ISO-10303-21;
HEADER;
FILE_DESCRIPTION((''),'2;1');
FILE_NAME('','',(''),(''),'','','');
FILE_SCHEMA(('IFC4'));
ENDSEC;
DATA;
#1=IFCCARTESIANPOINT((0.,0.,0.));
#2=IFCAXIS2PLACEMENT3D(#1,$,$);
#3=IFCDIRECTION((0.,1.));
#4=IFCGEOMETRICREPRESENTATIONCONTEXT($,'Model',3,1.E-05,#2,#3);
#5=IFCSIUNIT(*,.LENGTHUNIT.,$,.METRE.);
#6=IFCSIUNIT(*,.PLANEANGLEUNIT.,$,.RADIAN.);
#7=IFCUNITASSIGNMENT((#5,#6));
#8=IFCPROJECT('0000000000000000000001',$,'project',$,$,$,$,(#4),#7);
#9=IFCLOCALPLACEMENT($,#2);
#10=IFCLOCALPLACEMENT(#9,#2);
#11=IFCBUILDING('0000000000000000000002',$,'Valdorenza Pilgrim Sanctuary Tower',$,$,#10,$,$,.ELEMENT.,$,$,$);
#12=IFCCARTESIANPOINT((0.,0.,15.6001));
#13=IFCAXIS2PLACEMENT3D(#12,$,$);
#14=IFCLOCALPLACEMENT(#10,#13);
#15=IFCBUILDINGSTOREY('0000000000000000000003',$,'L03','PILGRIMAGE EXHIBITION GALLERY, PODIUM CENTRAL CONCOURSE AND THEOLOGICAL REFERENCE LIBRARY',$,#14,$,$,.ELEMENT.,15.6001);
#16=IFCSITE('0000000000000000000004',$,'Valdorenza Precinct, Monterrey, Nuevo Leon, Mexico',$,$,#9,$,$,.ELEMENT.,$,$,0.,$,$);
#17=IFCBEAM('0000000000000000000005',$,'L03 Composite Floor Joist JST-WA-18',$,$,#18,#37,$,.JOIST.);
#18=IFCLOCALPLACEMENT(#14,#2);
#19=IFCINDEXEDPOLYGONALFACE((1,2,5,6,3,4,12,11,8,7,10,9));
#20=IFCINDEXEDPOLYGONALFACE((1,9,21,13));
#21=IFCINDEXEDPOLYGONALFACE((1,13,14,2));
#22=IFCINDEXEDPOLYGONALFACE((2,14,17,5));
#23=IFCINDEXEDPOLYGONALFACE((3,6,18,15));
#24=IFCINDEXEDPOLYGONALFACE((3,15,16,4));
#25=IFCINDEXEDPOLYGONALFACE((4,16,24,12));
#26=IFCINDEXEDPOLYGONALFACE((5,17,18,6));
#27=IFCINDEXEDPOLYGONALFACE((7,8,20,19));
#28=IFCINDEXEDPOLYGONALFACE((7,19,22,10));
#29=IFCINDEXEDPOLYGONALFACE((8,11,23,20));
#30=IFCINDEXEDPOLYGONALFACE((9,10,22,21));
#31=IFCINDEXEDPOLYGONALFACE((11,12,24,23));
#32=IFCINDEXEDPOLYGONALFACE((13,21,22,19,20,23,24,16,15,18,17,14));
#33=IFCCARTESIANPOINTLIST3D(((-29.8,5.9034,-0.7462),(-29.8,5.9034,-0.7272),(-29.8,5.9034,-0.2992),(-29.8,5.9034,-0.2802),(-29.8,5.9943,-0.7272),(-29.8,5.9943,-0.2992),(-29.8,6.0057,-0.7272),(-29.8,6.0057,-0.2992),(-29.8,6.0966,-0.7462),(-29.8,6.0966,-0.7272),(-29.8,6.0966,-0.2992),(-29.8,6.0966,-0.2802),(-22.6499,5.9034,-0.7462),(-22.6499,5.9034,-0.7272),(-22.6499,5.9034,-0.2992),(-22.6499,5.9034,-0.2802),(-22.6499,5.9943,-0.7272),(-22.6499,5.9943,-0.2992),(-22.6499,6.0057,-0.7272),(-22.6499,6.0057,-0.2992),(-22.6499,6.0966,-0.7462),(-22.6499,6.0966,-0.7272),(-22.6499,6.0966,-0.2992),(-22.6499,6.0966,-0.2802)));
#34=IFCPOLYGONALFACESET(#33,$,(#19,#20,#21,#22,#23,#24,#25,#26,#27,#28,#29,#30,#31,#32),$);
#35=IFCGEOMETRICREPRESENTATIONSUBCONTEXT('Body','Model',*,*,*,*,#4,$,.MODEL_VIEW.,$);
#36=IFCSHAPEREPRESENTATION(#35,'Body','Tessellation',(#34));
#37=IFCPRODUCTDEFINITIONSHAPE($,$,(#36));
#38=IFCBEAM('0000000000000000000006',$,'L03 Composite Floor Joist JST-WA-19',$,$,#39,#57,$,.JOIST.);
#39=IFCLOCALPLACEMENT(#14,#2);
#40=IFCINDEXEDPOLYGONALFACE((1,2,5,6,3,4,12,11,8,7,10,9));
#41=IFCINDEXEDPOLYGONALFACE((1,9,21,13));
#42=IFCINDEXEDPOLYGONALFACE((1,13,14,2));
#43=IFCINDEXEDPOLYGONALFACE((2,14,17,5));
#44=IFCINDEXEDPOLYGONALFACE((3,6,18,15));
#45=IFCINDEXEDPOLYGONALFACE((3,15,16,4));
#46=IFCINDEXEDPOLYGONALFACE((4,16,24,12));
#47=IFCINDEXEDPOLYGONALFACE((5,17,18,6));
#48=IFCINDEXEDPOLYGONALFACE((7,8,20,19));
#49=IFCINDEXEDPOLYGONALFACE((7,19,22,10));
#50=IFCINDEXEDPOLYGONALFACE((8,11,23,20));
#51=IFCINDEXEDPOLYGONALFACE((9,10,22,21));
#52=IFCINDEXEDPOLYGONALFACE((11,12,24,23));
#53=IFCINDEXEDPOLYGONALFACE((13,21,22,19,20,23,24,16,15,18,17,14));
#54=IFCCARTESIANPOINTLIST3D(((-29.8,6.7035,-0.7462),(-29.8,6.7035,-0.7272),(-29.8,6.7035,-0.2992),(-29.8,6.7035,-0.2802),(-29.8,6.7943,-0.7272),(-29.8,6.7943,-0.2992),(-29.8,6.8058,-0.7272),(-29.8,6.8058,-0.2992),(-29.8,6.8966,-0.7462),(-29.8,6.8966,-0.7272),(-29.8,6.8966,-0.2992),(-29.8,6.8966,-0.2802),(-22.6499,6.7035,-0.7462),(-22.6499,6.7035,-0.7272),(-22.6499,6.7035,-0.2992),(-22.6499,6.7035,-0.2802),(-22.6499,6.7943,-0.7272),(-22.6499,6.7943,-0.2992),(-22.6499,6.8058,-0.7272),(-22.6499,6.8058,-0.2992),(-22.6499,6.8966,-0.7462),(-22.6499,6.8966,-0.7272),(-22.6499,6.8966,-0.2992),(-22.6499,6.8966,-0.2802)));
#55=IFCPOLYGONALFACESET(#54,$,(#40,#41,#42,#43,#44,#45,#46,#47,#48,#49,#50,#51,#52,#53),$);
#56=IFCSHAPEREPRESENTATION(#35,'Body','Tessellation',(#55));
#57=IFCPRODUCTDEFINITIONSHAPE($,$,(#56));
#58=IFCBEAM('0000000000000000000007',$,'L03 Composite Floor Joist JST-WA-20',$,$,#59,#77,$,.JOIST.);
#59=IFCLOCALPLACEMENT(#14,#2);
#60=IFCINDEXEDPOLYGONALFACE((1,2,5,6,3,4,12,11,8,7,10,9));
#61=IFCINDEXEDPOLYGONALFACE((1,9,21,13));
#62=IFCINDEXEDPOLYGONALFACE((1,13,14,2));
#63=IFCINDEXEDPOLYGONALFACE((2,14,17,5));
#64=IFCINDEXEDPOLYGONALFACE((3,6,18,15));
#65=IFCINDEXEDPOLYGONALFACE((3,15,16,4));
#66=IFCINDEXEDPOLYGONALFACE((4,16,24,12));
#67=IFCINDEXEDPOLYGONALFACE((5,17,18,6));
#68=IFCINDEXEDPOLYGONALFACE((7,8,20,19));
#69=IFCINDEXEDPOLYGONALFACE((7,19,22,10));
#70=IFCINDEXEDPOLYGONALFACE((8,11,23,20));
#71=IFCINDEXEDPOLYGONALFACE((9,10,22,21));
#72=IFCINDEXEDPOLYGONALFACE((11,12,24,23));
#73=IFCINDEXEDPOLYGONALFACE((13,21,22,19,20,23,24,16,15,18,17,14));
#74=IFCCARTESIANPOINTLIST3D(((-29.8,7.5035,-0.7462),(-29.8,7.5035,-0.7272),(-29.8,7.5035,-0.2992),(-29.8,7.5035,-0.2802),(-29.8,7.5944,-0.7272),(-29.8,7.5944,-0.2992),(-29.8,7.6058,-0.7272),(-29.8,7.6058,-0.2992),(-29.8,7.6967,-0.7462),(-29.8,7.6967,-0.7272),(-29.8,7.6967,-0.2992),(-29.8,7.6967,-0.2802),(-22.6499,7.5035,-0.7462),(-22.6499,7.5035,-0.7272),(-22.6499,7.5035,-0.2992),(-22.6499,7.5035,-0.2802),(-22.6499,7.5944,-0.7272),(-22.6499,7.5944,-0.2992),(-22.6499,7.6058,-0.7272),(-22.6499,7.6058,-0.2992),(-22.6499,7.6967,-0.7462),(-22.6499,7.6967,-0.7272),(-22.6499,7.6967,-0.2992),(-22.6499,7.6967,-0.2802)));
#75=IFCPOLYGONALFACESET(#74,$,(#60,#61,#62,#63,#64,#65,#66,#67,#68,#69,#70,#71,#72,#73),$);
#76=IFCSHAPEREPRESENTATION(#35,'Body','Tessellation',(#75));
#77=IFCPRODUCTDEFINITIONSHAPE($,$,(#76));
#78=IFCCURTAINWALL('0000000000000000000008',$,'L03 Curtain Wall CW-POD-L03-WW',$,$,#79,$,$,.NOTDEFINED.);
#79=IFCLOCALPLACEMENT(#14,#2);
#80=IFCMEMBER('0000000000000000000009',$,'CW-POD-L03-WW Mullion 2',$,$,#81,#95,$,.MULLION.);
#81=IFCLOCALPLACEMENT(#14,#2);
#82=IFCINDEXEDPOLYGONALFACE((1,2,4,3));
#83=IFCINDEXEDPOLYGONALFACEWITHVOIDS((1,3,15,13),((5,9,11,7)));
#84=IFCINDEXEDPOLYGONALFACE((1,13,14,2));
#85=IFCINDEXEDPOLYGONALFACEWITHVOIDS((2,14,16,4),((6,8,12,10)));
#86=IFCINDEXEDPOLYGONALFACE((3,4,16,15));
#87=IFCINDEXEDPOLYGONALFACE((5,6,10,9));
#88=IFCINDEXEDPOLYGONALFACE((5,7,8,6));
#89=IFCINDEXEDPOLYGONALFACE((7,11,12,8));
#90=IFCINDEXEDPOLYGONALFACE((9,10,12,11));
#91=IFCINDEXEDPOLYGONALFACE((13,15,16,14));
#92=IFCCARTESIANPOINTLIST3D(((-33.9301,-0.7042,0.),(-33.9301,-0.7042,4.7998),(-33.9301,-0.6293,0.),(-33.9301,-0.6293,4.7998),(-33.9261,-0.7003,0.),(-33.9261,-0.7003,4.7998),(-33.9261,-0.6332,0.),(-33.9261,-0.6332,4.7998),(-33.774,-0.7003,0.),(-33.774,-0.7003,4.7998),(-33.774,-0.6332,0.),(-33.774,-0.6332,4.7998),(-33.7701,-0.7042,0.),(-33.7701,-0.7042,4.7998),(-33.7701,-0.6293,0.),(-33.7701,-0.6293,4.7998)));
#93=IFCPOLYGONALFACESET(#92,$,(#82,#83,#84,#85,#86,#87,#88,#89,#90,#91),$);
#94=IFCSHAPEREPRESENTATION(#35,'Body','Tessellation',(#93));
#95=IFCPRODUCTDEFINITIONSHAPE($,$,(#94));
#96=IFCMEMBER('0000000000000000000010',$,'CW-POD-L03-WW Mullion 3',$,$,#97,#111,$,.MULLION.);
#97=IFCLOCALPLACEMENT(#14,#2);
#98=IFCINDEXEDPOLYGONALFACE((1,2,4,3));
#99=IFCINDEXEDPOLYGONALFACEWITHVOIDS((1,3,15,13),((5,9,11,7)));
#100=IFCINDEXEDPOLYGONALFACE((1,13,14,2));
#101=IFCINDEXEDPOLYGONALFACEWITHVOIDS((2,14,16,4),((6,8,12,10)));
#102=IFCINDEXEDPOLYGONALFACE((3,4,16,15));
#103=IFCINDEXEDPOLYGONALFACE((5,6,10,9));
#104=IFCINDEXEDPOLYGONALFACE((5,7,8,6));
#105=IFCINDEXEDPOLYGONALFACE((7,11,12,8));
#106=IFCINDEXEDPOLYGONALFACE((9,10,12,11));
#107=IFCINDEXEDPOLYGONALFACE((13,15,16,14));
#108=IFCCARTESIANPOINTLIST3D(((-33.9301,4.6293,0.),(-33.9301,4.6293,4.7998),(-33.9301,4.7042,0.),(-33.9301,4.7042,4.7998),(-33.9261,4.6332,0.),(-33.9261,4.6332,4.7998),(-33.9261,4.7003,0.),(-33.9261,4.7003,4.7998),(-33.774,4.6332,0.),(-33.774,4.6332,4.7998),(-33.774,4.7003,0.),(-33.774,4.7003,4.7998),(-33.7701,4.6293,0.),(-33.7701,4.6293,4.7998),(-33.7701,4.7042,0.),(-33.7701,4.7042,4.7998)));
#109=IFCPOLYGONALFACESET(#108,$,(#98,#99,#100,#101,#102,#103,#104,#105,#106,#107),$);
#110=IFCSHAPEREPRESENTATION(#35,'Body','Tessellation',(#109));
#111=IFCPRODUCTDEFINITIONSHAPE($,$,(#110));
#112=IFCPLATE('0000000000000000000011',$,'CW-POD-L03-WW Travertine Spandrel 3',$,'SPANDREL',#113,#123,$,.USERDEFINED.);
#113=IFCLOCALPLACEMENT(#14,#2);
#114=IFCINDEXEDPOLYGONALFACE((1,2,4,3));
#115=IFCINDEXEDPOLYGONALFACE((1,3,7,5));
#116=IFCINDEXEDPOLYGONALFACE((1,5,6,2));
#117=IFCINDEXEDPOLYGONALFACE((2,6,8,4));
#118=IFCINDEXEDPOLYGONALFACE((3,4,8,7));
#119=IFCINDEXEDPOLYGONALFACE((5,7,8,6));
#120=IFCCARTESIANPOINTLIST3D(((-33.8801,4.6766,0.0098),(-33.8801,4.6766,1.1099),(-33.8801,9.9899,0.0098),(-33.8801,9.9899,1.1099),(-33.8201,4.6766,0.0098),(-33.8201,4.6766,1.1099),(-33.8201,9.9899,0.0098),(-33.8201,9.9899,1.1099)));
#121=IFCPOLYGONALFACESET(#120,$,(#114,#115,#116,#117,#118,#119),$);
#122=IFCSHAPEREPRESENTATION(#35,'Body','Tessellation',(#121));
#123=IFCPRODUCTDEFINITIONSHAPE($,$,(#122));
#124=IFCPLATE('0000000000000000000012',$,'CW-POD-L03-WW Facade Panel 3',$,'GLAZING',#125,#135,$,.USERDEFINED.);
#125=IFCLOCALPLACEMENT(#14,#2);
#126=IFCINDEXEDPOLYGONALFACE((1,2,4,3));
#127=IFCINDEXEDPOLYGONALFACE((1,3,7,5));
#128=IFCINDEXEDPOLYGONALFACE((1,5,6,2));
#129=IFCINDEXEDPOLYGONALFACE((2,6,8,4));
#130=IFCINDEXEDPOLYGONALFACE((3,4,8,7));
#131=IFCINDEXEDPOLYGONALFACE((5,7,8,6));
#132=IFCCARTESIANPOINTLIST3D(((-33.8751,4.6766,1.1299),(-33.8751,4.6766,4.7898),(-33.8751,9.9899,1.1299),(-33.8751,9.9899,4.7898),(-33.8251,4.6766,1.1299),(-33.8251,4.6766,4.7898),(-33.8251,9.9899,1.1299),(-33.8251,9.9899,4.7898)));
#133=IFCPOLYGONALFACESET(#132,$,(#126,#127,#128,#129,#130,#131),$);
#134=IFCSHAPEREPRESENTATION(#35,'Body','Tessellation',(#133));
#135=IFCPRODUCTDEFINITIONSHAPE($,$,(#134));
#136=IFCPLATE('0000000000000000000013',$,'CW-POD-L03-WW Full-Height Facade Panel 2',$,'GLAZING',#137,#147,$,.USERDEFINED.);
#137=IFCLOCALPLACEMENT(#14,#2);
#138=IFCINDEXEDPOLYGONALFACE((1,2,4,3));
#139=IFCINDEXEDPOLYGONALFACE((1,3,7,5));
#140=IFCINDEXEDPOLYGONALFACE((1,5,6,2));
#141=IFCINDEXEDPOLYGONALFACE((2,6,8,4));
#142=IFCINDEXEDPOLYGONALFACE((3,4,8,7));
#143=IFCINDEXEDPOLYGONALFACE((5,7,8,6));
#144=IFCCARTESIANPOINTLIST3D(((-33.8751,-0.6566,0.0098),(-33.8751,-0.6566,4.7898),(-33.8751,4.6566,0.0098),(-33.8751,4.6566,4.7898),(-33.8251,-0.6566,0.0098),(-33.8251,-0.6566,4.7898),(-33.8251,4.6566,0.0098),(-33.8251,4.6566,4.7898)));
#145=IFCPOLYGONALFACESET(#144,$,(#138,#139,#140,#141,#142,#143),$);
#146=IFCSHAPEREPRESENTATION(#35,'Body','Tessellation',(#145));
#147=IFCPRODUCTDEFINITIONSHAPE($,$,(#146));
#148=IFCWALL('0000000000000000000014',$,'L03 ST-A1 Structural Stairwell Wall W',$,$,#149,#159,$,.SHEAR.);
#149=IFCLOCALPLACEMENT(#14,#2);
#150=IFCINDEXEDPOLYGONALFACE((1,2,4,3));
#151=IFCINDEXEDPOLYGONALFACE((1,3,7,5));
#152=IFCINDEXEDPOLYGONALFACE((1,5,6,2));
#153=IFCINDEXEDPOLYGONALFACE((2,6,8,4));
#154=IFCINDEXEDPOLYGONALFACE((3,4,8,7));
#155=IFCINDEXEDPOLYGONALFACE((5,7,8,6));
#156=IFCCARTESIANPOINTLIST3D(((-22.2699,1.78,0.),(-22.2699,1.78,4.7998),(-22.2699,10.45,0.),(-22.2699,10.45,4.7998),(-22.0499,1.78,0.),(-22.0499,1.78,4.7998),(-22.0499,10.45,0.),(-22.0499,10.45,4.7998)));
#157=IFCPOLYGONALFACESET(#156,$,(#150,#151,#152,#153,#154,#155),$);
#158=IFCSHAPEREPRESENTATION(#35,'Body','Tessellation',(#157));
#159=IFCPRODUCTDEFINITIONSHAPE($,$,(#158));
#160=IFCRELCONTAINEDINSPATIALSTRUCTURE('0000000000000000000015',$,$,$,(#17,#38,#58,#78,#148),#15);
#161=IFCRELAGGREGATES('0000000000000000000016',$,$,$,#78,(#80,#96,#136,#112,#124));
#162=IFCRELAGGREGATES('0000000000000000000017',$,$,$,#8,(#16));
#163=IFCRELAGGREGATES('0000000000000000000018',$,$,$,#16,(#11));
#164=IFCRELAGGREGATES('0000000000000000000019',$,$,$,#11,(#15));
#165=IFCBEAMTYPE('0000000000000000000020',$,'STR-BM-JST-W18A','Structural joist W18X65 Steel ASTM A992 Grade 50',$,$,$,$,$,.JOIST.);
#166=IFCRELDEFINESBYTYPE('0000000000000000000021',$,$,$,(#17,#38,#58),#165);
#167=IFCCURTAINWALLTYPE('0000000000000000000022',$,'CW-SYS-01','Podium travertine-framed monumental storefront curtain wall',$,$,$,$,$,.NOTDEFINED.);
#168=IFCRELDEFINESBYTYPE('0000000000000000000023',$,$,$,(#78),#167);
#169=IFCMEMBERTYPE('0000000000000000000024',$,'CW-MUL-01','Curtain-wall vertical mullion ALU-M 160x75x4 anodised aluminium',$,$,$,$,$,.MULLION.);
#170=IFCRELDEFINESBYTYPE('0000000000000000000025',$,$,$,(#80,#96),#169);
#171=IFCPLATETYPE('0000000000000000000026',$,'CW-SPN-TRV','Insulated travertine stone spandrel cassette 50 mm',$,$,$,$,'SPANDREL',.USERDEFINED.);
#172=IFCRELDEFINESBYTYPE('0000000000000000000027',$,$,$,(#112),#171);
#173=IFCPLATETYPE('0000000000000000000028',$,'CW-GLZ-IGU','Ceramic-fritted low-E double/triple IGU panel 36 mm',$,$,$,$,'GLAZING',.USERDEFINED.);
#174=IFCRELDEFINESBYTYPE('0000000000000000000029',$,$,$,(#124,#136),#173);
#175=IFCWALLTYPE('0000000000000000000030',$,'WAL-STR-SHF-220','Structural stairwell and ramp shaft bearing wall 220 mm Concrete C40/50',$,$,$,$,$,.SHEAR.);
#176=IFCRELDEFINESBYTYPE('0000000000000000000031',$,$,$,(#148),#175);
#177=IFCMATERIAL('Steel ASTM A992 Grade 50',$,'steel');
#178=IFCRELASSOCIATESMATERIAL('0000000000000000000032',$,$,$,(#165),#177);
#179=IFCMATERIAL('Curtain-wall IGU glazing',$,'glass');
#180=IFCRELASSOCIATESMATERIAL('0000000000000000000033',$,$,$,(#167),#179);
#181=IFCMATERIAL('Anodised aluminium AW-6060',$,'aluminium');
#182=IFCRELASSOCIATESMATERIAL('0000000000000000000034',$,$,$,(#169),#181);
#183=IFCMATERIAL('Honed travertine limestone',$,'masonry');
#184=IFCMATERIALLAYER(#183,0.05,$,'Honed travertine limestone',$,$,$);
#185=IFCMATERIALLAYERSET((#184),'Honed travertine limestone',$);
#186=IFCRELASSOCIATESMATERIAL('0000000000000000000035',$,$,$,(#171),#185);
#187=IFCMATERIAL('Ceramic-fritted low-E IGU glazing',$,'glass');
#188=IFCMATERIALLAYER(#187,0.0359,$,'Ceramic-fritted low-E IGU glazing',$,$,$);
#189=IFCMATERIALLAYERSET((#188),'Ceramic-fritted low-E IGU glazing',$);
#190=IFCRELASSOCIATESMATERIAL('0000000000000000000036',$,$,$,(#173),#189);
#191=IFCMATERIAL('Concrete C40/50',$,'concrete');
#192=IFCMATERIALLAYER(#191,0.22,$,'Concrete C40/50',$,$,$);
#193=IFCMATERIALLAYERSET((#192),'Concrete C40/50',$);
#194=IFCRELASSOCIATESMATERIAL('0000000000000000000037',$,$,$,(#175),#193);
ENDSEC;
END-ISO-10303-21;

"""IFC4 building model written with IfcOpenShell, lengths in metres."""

from ifc_helpers import new_model, si_unit, direction, frame, frame_2d, origin, origin_2d, place, context, subcontext, project, spatial, rectangle, hollow_rectangle, i_section, extrude, source, transform, mapped, material, layer, layer_set, material_profile, profile_set, type_object, element, aggregate, save


model = new_model("IFC4")

# Units and contexts
model_context = context("Model", 3, precision=1e-05, world=origin(), true_north=direction((0.0, 1.0)))
body_context = subcontext(model_context, "Body", "Model", "MODEL_VIEW")
ifc_project = project(units=[si_unit("LENGTHUNIT", "METRE"), si_unit("PLANEANGLEUNIT", "RADIAN")], contexts=[model_context])

# Site, building, storey
site_placement = place(None, origin())
site = spatial("IfcSite", under=ifc_project, at=site_placement, Name="Valdorenza Precinct, Monterrey, Nuevo Leon, Mexico", CompositionType="ELEMENT", RefElevation=0.0)
building_placement = place(site_placement, origin())
building = spatial("IfcBuilding", under=site, at=building_placement, Name="Valdorenza Pilgrim Sanctuary Tower", CompositionType="ELEMENT")
storey_placement = place(building_placement, frame((0.0, 0.0, 15.6001)))
storey = spatial("IfcBuildingStorey", under=building, at=storey_placement, Name="L03", Description="PILGRIMAGE EXHIBITION GALLERY, PODIUM CENTRAL CONCOURSE AND THEOLOGICAL REFERENCE LIBRARY", CompositionType="ELEMENT", Elevation=15.6001)

# Beams
ifc_material_1 = material(Name="Steel ASTM A992 Grade 50", Category="steel")
ifc_material_profile_1 = material_profile(ifc_material_1, i_section(OverallWidth=0.1931, OverallDepth=0.4661, WebThickness=0.0115, FlangeThickness=0.019, at=origin_2d()), Name="W18X65")
ifc_profile_set_1 = profile_set([ifc_material_profile_1], Name="Steel ASTM A992 Grade 50")
beam_type_1 = type_object("IfcBeamType", Name="STR-BM-JST-W18A", Description="Structural joist W18X65 Steel ASTM A992 Grade 50", PredefinedType="JOIST", material=ifc_profile_set_1)
shared_shape_1 = source(origin(), body_context, "Body", "SweptSolid", [
    extrude(i_section(OverallWidth=0.1931, OverallDepth=0.4661, WebThickness=0.0115, FlangeThickness=0.019, at=origin_2d()), origin(), (0.0, 0.0, 1.0), 7.1501),
])
for number, where, z_axis, x_axis, name in (
    (1, (-29.8, 6.0, -0.5132), (1.0, 0.0, 0.0), (0.0, 1.0, 0.0), "L03 Composite Floor Joist JST-WA-18"),
    (2, (-29.8, 6.8, -0.5132), (1.0, 0.0, 0.0), (0.0, 1.0, 0.0), "L03 Composite Floor Joist JST-WA-19"),
    (3, (-29.8, 7.6001, -0.5132), (1.0, 0.0, 0.0), (0.0, 1.0, 0.0), "L03 Composite Floor Joist JST-WA-20"),
):
    element("IfcBeam", number, at=place(storey_placement, frame(where, z_axis=z_axis, x_axis=x_axis)), inside=storey, type_object=beam_type_1, Name=name, PredefinedType="JOIST", context=body_context, shape_type="MappedRepresentation", body=[
        mapped(shared_shape_1, transform((0.0, 0.0, 0.0), x_axis=(1.0, 0.0, 0.0), y_axis=(0.0, 1.0, 0.0), z_axis=(0.0, 0.0, 1.0), scale=1.0)),
    ])

# Curtain wall, members, plates
ifc_material_2 = material(Name="Curtain-wall IGU glazing", Category="glass")
curtain_wall_type = type_object("IfcCurtainWallType", Name="CW-SYS-01", Description="Podium travertine-framed monumental storefront curtain wall", PredefinedType="NOTDEFINED", material=ifc_material_2)
curtain_wall_placement = place(storey_placement, origin())
curtain_wall = element("IfcCurtainWall", 4, at=curtain_wall_placement, inside=storey, type_object=curtain_wall_type, Name="L03 Curtain Wall CW-POD-L03-WW", PredefinedType="NOTDEFINED")
ifc_material_3 = material(Name="Anodised aluminium AW-6060", Category="aluminium")
ifc_material_profile_2 = material_profile(ifc_material_3, hollow_rectangle(XDim=0.075, YDim=0.1599, WallThickness=0.0039, at=origin_2d()), Name="ALU-M 160x75x4")
ifc_profile_set_2 = profile_set([ifc_material_profile_2], Name="Anodised aluminium AW-6060")
member_type = type_object("IfcMemberType", Name="CW-MUL-01", Description="Curtain-wall vertical mullion ALU-M 160x75x4 anodised aluminium", PredefinedType="MULLION", material=ifc_profile_set_2)
shared_shape_2 = source(origin(), body_context, "Body", "SweptSolid", [
    extrude(hollow_rectangle(XDim=0.075, YDim=0.1599, WallThickness=0.0039, at=origin_2d()), origin(), (0.0, 0.0, 1.0), 4.7998),
])
member_1_placement = place(storey_placement, frame((-33.8501, -0.6667, 0.0), z_axis=(0.0, 0.0, 1.0), x_axis=(0.0, 1.0, 0.0)))
member_1 = element("IfcMember", 5, at=member_1_placement, type_object=member_type, Name="CW-POD-L03-WW Mullion 2", PredefinedType="MULLION", context=body_context, shape_type="MappedRepresentation", body=[
    mapped(shared_shape_2, transform((0.0, 0.0, 0.0), x_axis=(1.0, 0.0, 0.0), y_axis=(0.0, 1.0, 0.0), z_axis=(0.0, 0.0, 1.0), scale=1.0)),
])
member_2_placement = place(storey_placement, frame((-33.8501, 4.6667, 0.0), z_axis=(0.0, 0.0, 1.0), x_axis=(0.0, 1.0, 0.0)))
member_2 = element("IfcMember", 6, at=member_2_placement, type_object=member_type, Name="CW-POD-L03-WW Mullion 3", PredefinedType="MULLION", context=body_context, shape_type="MappedRepresentation", body=[
    mapped(shared_shape_2, transform((0.0, 0.0, 0.0), x_axis=(1.0, 0.0, 0.0), y_axis=(0.0, 1.0, 0.0), z_axis=(0.0, 0.0, 1.0), scale=1.0)),
])
ifc_material_4 = material(Name="Honed travertine limestone", Category="masonry")
ifc_layer_1 = layer(ifc_material_4, 0.05, Name="Honed travertine limestone")
ifc_layer_set_1 = layer_set([ifc_layer_1], Name="Honed travertine limestone")
plate_type_1 = type_object("IfcPlateType", Name="CW-SPN-TRV", Description="Insulated travertine stone spandrel cassette 50 mm", ElementType="SPANDREL", PredefinedType="USERDEFINED", material=ifc_layer_set_1)
shared_shape_3 = source(origin(), body_context, "Body", "SweptSolid", [
    extrude(rectangle(XDim=5.3132, YDim=0.0601, at=origin_2d()), origin(), (0.0, 0.0, 1.0), 1.1001),
])
plate_1_placement = place(storey_placement, frame((-33.8501, 7.3333, 0.0098), z_axis=(0.0, 0.0, 1.0), x_axis=(0.0, 1.0, 0.0)))
plate_1 = element("IfcPlate", 7, at=plate_1_placement, type_object=plate_type_1, Name="CW-POD-L03-WW Travertine Spandrel 3", ObjectType="SPANDREL", PredefinedType="USERDEFINED", context=body_context, shape_type="MappedRepresentation", body=[
    mapped(shared_shape_3, transform((0.0, 0.0, 0.0), x_axis=(1.0, 0.0, 0.0), y_axis=(0.0, 1.0, 0.0), z_axis=(0.0, 0.0, 1.0), scale=1.0)),
])
ifc_material_5 = material(Name="Ceramic-fritted low-E IGU glazing", Category="glass")
ifc_layer_2 = layer(ifc_material_5, 0.0359, Name="Ceramic-fritted low-E IGU glazing")
ifc_layer_set_2 = layer_set([ifc_layer_2], Name="Ceramic-fritted low-E IGU glazing")
plate_type_2 = type_object("IfcPlateType", Name="CW-GLZ-IGU", Description="Ceramic-fritted low-E double/triple IGU panel 36 mm", ElementType="GLAZING", PredefinedType="USERDEFINED", material=ifc_layer_set_2)
shared_shape_4 = source(origin(), body_context, "Body", "SweptSolid", [
    extrude(rectangle(XDim=5.3132, YDim=0.05, at=origin_2d()), origin(), (0.0, 0.0, 1.0), 3.6599),
])
plate_2_placement = place(storey_placement, frame((-33.8501, 7.3333, 1.1299), z_axis=(0.0, 0.0, 1.0), x_axis=(0.0, 1.0, 0.0)))
plate_2 = element("IfcPlate", 8, at=plate_2_placement, type_object=plate_type_2, Name="CW-POD-L03-WW Facade Panel 3", ObjectType="GLAZING", PredefinedType="USERDEFINED", context=body_context, shape_type="MappedRepresentation", body=[
    mapped(shared_shape_4, transform((0.0, 0.0, 0.0), x_axis=(1.0, 0.0, 0.0), y_axis=(0.0, 1.0, 0.0), z_axis=(0.0, 0.0, 1.0), scale=1.0)),
])
shared_shape_5 = source(origin(), body_context, "Body", "SweptSolid", [
    extrude(rectangle(XDim=5.3132, YDim=0.05, at=origin_2d()), origin(), (0.0, 0.0, 1.0), 4.78),
])
plate_3_placement = place(storey_placement, frame((-33.8501, 2.0, 0.0098), z_axis=(0.0, 0.0, 1.0), x_axis=(0.0, 1.0, 0.0)))
plate_3 = element("IfcPlate", 9, at=plate_3_placement, type_object=plate_type_2, Name="CW-POD-L03-WW Full-Height Facade Panel 2", ObjectType="GLAZING", PredefinedType="USERDEFINED", context=body_context, shape_type="MappedRepresentation", body=[
    mapped(shared_shape_5, transform((0.0, 0.0, 0.0), x_axis=(1.0, 0.0, 0.0), y_axis=(0.0, 1.0, 0.0), z_axis=(0.0, 0.0, 1.0), scale=1.0)),
])
aggregate(curtain_wall, [member_1, member_2, plate_3, plate_1, plate_2])

# Wall
ifc_material_6 = material(Name="Concrete C40/50", Category="concrete")
ifc_layer_3 = layer(ifc_material_6, 0.22, Name="Concrete C40/50")
ifc_layer_set_3 = layer_set([ifc_layer_3], Name="Concrete C40/50")
wall_type = type_object("IfcWallType", Name="WAL-STR-SHF-220", Description="Structural stairwell and ramp shaft bearing wall 220 mm Concrete C40/50", PredefinedType="SHEAR", material=ifc_layer_set_3)
wall_1_placement = place(storey_placement, frame((-22.1599, 1.78, 0.0), z_axis=(0.0, 0.0, 1.0), x_axis=(0.0, 1.0, 0.0)))
element("IfcWall", 10, at=wall_1_placement, inside=storey, type_object=wall_type, Name="L03 ST-A1 Structural Stairwell Wall W", PredefinedType="SHEAR", context=body_context, shape_type="SweptSolid", body=[
    extrude(rectangle(XDim=8.6699, YDim=0.22, at=frame_2d((4.335, 0.0))), origin(), (0.0, 0.0, 1.0), 4.7998),
])

save(model, "model.ifc")
